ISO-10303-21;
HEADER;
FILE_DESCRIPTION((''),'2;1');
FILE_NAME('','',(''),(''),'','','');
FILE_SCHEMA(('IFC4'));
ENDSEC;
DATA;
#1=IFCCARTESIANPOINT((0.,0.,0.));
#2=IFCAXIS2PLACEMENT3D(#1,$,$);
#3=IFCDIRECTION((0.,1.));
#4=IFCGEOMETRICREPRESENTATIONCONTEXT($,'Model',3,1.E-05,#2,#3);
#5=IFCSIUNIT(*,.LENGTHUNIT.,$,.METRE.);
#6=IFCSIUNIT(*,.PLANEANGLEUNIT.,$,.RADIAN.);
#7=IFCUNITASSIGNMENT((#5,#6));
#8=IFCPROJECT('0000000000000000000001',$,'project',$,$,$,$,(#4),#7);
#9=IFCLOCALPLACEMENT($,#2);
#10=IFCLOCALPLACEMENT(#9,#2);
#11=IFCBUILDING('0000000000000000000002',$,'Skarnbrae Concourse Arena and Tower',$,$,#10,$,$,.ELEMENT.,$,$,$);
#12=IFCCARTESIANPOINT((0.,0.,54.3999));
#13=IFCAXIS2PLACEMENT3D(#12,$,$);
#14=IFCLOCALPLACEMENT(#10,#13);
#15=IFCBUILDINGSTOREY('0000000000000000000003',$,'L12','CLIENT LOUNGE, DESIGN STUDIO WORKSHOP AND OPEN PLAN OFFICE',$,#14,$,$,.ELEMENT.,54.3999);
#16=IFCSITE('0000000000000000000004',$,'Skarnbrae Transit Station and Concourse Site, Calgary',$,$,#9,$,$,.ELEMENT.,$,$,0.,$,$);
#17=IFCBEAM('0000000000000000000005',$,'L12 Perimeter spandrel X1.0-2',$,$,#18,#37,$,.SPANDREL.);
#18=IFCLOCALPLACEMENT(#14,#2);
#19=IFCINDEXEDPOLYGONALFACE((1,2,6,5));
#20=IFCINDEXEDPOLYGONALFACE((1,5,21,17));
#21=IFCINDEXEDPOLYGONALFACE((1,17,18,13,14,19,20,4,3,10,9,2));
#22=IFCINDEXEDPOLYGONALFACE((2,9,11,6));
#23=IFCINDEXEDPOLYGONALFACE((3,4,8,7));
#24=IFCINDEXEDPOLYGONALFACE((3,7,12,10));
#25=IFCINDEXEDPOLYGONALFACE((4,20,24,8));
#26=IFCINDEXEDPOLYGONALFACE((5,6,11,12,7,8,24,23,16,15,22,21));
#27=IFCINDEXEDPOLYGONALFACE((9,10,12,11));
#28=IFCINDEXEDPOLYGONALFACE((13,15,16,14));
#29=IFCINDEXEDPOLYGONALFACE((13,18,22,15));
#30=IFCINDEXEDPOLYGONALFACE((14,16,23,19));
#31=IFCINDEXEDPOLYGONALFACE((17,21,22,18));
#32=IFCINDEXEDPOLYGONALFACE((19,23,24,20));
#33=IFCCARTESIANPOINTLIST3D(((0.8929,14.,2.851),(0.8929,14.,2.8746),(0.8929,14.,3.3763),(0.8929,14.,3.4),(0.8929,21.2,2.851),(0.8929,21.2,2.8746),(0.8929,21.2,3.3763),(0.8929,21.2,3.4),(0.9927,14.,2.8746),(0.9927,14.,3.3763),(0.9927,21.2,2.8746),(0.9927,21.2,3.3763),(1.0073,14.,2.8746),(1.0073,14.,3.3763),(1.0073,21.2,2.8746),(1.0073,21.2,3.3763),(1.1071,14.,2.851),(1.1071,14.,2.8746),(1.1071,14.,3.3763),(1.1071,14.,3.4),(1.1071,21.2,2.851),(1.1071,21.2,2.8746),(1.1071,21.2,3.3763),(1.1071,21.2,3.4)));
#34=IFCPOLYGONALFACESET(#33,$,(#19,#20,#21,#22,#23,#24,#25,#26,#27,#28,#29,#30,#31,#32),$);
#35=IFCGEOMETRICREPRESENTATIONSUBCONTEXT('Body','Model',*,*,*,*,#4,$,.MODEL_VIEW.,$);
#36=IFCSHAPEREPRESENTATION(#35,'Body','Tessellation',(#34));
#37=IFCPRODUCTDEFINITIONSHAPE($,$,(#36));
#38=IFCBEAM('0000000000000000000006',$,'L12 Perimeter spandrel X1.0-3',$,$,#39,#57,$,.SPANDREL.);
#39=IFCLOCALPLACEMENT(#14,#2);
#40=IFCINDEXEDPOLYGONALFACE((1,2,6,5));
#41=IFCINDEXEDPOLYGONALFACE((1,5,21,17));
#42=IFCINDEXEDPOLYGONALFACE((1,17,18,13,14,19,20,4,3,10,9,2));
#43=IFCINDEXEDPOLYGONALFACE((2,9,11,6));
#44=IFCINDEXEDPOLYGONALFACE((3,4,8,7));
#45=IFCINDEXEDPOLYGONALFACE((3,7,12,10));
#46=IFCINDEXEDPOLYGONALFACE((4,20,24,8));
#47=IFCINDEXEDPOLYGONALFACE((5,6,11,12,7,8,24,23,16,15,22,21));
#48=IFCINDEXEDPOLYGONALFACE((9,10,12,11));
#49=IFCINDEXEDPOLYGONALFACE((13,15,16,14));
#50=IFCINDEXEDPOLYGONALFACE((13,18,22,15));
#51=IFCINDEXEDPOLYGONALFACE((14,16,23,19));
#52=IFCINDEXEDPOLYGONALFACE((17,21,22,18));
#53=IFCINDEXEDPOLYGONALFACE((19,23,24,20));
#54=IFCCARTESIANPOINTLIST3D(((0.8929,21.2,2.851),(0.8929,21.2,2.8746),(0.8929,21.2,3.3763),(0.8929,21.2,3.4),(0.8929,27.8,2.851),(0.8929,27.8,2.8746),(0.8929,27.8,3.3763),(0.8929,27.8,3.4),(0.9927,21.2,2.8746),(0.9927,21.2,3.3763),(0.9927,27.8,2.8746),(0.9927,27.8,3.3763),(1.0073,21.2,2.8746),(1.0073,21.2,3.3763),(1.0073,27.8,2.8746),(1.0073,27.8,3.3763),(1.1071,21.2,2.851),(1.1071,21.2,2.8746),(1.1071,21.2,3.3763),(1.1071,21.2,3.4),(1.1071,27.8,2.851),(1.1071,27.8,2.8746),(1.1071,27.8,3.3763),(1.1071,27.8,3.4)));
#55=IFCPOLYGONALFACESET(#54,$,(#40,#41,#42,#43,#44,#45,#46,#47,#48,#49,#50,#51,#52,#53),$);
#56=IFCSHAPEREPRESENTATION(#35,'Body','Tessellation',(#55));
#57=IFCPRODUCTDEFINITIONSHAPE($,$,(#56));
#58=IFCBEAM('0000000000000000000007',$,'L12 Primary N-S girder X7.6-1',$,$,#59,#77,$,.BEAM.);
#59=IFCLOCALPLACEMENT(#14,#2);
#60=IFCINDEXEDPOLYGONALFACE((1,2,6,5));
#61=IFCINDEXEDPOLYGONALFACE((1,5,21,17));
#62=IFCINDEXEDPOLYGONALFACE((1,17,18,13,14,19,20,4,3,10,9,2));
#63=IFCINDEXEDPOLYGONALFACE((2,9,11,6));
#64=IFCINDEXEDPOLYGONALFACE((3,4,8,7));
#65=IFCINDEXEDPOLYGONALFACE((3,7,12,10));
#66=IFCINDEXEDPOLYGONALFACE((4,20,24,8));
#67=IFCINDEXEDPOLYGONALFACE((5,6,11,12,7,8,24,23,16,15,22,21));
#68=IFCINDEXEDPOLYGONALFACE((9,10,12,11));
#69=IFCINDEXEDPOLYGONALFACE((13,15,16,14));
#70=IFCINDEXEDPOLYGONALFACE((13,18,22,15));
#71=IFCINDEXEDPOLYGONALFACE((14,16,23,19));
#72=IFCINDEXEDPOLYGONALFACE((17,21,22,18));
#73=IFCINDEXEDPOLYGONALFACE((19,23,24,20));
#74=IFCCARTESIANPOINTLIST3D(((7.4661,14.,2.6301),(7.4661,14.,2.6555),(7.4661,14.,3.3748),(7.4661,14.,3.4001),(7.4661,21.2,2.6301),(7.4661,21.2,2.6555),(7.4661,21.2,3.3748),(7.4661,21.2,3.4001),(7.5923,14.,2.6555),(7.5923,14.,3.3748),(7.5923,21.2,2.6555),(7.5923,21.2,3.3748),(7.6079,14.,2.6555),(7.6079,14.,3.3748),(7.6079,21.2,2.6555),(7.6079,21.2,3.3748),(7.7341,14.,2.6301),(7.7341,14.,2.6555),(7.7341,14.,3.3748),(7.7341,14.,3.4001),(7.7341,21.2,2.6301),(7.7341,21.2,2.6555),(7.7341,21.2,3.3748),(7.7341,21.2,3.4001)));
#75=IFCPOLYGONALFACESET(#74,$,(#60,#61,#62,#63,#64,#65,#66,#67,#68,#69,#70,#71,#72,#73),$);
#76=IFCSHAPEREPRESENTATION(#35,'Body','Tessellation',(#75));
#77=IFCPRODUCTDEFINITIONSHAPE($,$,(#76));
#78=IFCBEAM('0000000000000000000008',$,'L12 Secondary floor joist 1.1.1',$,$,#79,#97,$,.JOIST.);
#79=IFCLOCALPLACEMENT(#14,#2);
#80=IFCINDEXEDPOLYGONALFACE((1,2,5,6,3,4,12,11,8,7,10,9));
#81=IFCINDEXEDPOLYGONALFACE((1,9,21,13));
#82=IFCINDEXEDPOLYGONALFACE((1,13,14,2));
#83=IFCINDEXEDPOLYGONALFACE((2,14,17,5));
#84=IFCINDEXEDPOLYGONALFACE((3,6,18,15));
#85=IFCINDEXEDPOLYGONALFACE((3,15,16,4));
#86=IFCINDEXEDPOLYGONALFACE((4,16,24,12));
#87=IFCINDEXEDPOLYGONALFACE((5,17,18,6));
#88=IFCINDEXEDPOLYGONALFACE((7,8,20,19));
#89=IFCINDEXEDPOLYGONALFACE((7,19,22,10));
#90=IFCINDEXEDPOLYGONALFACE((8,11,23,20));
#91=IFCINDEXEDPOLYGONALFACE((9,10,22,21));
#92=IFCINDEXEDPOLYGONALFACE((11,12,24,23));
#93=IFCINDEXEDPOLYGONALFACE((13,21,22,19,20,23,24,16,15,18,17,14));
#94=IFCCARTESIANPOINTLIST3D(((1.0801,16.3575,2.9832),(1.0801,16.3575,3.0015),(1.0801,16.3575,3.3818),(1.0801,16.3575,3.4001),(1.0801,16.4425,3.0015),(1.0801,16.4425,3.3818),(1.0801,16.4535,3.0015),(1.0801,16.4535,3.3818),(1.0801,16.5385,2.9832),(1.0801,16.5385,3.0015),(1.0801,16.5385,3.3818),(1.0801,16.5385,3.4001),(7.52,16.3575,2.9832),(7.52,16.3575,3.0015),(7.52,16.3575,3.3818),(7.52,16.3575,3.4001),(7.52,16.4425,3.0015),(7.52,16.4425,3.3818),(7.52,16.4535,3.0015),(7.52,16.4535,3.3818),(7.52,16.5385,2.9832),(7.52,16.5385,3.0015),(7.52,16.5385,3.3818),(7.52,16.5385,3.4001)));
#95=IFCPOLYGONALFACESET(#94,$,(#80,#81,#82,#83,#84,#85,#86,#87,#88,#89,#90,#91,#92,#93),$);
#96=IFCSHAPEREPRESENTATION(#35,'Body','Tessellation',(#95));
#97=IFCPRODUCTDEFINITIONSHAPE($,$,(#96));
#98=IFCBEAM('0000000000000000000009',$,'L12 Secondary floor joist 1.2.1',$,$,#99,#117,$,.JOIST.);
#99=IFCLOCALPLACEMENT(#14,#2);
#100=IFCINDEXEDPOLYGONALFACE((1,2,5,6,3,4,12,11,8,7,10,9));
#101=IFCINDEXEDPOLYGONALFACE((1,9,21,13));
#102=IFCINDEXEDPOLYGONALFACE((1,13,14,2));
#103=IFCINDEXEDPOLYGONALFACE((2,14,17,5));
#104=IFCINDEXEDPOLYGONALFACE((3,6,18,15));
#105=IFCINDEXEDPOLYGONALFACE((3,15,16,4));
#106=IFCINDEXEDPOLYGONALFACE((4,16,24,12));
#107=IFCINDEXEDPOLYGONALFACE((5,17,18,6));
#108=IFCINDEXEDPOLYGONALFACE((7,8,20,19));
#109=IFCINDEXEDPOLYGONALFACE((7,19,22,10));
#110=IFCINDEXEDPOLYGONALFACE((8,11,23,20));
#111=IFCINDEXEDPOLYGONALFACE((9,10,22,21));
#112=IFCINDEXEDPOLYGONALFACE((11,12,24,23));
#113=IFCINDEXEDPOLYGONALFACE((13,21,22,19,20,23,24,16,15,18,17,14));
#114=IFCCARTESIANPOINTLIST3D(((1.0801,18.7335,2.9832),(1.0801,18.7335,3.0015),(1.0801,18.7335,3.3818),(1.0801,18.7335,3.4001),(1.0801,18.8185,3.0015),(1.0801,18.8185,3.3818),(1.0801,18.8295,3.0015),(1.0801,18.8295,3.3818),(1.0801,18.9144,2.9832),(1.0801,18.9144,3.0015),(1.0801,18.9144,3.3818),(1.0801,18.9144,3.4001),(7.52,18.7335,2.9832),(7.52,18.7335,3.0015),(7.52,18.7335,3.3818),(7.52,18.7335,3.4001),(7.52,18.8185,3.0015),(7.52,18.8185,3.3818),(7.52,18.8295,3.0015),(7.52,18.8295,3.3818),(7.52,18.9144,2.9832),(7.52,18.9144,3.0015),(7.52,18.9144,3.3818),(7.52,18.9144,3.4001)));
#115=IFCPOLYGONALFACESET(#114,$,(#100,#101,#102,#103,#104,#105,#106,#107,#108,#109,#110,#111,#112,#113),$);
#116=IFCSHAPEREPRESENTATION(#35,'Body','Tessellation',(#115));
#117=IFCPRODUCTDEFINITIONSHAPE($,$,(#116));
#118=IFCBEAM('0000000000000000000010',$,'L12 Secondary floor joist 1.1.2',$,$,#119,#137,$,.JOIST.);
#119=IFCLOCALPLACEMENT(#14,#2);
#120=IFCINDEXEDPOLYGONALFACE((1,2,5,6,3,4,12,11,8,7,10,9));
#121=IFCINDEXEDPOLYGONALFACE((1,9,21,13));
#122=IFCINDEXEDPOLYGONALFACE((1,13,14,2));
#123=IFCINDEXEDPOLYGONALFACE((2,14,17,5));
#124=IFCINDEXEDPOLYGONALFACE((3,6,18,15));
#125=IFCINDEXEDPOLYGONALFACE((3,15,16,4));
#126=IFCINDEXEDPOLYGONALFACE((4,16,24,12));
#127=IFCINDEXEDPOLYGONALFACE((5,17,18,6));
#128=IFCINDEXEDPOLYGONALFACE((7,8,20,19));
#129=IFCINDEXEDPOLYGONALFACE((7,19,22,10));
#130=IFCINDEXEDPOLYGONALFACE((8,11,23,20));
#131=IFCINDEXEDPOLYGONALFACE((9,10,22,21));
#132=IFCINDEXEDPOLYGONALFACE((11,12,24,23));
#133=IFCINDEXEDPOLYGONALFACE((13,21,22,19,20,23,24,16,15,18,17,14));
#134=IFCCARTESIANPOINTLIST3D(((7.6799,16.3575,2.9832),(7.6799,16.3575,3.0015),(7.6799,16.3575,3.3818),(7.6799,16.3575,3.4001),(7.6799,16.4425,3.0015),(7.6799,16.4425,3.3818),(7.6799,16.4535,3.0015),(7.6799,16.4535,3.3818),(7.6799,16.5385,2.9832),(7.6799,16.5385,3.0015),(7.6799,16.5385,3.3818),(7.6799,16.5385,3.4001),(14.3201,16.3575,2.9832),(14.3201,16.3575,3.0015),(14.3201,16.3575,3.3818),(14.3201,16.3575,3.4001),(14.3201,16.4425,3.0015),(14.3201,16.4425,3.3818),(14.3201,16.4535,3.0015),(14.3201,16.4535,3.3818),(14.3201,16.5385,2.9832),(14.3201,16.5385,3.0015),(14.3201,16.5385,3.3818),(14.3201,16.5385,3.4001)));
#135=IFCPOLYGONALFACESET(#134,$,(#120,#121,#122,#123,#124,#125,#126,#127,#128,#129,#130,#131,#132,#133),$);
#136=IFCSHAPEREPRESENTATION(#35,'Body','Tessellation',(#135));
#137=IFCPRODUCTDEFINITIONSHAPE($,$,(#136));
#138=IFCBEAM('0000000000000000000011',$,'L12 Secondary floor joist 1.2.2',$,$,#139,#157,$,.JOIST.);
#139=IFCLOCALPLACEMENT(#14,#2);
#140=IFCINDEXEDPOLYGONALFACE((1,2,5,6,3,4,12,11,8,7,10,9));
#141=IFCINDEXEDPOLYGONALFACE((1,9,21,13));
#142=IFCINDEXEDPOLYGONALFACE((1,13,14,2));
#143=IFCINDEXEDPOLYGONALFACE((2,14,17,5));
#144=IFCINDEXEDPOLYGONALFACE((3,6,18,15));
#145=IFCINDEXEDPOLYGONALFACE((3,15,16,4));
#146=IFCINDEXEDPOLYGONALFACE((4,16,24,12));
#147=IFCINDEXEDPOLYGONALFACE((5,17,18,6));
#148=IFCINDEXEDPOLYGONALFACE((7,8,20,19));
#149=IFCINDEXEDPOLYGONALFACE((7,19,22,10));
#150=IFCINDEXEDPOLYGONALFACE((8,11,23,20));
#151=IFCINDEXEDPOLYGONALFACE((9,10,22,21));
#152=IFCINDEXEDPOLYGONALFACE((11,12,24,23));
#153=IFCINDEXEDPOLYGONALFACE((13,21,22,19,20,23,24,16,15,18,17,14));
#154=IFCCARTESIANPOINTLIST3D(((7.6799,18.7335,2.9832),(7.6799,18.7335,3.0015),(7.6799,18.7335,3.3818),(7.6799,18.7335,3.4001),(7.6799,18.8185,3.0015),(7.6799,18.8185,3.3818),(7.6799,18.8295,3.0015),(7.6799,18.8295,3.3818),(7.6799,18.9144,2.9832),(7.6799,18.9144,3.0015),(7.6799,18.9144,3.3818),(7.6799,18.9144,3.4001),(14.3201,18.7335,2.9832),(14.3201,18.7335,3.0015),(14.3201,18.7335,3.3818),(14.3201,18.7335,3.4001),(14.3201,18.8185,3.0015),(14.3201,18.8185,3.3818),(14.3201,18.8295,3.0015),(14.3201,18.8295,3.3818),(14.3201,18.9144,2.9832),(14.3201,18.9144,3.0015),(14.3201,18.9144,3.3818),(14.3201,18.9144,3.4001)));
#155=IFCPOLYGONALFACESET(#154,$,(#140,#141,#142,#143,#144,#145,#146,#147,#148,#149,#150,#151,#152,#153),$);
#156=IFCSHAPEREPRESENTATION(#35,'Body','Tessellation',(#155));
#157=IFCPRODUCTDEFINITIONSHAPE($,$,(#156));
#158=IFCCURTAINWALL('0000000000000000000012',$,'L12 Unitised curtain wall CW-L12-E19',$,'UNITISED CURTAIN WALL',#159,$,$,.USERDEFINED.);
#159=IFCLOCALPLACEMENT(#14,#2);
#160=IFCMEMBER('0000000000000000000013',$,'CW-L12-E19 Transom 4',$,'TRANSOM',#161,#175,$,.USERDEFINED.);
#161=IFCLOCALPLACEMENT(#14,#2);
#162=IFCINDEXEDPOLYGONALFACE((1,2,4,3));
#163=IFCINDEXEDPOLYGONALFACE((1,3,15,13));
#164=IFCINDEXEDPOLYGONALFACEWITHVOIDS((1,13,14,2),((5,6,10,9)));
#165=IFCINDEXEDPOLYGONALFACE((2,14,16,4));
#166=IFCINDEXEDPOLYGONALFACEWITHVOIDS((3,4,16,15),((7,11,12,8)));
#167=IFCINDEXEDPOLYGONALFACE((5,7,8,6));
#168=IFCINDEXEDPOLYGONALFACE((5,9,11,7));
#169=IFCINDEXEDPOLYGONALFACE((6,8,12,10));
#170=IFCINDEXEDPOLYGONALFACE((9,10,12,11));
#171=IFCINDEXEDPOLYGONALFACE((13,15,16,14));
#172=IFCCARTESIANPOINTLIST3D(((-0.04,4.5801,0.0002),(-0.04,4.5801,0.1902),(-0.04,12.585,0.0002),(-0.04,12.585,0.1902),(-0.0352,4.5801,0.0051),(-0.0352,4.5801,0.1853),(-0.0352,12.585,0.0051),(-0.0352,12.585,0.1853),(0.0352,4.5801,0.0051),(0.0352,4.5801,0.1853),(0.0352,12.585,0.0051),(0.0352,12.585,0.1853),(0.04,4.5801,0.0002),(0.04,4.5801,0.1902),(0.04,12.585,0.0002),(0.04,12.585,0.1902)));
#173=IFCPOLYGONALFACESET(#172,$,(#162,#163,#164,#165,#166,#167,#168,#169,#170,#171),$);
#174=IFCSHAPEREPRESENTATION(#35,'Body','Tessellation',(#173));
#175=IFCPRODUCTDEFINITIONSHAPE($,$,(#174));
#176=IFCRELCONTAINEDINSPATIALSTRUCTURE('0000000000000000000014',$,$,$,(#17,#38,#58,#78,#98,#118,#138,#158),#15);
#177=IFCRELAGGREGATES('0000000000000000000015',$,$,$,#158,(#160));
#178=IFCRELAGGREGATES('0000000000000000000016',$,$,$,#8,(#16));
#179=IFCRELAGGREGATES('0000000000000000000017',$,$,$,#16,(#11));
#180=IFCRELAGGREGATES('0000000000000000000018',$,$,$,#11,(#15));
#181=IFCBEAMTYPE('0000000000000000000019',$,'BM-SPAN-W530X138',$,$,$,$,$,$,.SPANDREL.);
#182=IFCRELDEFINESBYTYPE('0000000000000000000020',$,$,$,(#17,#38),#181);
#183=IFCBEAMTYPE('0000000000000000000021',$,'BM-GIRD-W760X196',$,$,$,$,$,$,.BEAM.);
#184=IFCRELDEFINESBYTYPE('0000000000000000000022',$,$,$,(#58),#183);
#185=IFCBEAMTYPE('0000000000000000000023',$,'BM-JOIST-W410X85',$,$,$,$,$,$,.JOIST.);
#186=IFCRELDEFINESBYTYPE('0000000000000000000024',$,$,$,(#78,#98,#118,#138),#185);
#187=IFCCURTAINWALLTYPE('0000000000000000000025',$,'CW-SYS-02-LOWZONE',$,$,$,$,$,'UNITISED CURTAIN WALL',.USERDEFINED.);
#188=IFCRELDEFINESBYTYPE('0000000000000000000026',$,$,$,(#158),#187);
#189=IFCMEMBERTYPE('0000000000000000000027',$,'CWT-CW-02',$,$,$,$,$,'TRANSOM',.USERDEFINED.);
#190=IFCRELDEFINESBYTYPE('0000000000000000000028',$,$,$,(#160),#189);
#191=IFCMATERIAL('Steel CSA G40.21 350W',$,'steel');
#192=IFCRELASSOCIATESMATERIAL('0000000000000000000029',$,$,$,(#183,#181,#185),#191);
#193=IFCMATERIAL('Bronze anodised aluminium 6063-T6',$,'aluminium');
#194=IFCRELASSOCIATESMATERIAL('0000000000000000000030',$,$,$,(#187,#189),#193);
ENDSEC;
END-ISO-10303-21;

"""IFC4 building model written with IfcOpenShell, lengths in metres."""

from ifc_helpers import new_model, si_unit, direction, frame, origin, origin_2d, place, context, subcontext, project, spatial, hollow_rectangle, i_section, extrude, source, transform, mapped, material, material_profile, profile_set, type_object, element, aggregate, save


model = new_model("IFC4")

# Units and contexts
model_context = context("Model", 3, precision=1e-05, world=origin(), true_north=direction((0.0, 1.0)))
body_context = subcontext(model_context, "Body", "Model", "MODEL_VIEW")
ifc_project = project(units=[si_unit("LENGTHUNIT", "METRE"), si_unit("PLANEANGLEUNIT", "RADIAN")], contexts=[model_context])

# Site, building, storey
site_placement = place(None, origin())
site = spatial("IfcSite", under=ifc_project, at=site_placement, Name="Skarnbrae Transit Station and Concourse Site, Calgary", CompositionType="ELEMENT", RefElevation=0.0)
building_placement = place(site_placement, origin())
building = spatial("IfcBuilding", under=site, at=building_placement, Name="Skarnbrae Concourse Arena and Tower", CompositionType="ELEMENT")
storey_placement = place(building_placement, frame((0.0, 0.0, 54.3999)))
storey = spatial("IfcBuildingStorey", under=building, at=storey_placement, Name="L12", Description="CLIENT LOUNGE, DESIGN STUDIO WORKSHOP AND OPEN PLAN OFFICE", CompositionType="ELEMENT", Elevation=54.3999)

# Shared definitions
ifc_material_1 = material(Name="Steel CSA G40.21 350W", Category="steel")

# Beams
ifc_material_profile_1 = material_profile(ifc_material_1, i_section(OverallWidth=0.2681, OverallDepth=0.77, WebThickness=0.0156, FlangeThickness=0.0254, at=origin_2d()), Name="W760X196")
ifc_profile_set_1 = profile_set([ifc_material_profile_1], Name="Steel CSA G40.21 350W")
beam_type_1 = type_object("IfcBeamType", Name="BM-GIRD-W760X196", PredefinedType="BEAM", material=ifc_profile_set_1)
ifc_material_profile_2 = material_profile(ifc_material_1, i_section(OverallWidth=0.2141, OverallDepth=0.5491, WebThickness=0.0146, FlangeThickness=0.0237, at=origin_2d()), Name="W530X138")
ifc_profile_set_2 = profile_set([ifc_material_profile_2], Name="Steel CSA G40.21 350W")
beam_type_2 = type_object("IfcBeamType", Name="BM-SPAN-W530X138", PredefinedType="SPANDREL", material=ifc_profile_set_2)
shared_shape_1 = source(origin(), body_context, "Body", "SweptSolid", [
    extrude(i_section(OverallWidth=0.2141, OverallDepth=0.5491, WebThickness=0.0146, FlangeThickness=0.0237, at=origin_2d()), origin(), (0.0, 0.0, 1.0), 7.2),
])
beam_1_placement = place(storey_placement, frame((1.0, 14.0, 3.1255), z_axis=(0.0, 1.0, 0.0), x_axis=(-1.0, 0.0, 0.0)))
element("IfcBeam", 1, at=beam_1_placement, inside=storey, type_object=beam_type_2, Name="L12 Perimeter spandrel X1.0-2", PredefinedType="SPANDREL", context=body_context, shape_type="MappedRepresentation", body=[
    mapped(shared_shape_1, transform((0.0, 0.0, 0.0))),
])
shared_shape_2 = source(origin(), body_context, "Body", "SweptSolid", [
    extrude(i_section(OverallWidth=0.2141, OverallDepth=0.5491, WebThickness=0.0146, FlangeThickness=0.0237, at=origin_2d()), origin(), (0.0, 0.0, 1.0), 6.6001),
])
beam_2_placement = place(storey_placement, frame((1.0, 21.2, 3.1255), z_axis=(0.0, 1.0, 0.0), x_axis=(-1.0, 0.0, 0.0)))
element("IfcBeam", 2, at=beam_2_placement, inside=storey, type_object=beam_type_2, Name="L12 Perimeter spandrel X1.0-3", PredefinedType="SPANDREL", context=body_context, shape_type="MappedRepresentation", body=[
    mapped(shared_shape_2, transform((0.0, 0.0, 0.0))),
])
shared_shape_3 = source(origin(), body_context, "Body", "SweptSolid", [
    extrude(i_section(OverallWidth=0.2681, OverallDepth=0.77, WebThickness=0.0156, FlangeThickness=0.0254, at=origin_2d()), origin(), (0.0, 0.0, 1.0), 7.2),
])
beam_3_placement = place(storey_placement, frame((7.6001, 14.0, 3.0151), z_axis=(0.0, 1.0, 0.0), x_axis=(-1.0, 0.0, 0.0)))
element("IfcBeam", 3, at=beam_3_placement, inside=storey, type_object=beam_type_1, Name="L12 Primary N-S girder X7.6-1", PredefinedType="BEAM", context=body_context, shape_type="MappedRepresentation", body=[
    mapped(shared_shape_3, transform((0.0, 0.0, 0.0))),
])
ifc_material_profile_3 = material_profile(ifc_material_1, i_section(OverallWidth=0.1809, OverallDepth=0.417, WebThickness=0.011, FlangeThickness=0.0183, at=origin_2d()), Name="W410X85")
ifc_profile_set_3 = profile_set([ifc_material_profile_3], Name="Steel CSA G40.21 350W")
beam_type_3 = type_object("IfcBeamType", Name="BM-JOIST-W410X85", PredefinedType="JOIST", material=ifc_profile_set_3)
shared_shape_4 = source(origin(), body_context, "Body", "SweptSolid", [
    extrude(i_section(OverallWidth=0.1809, OverallDepth=0.417, WebThickness=0.011, FlangeThickness=0.0183, at=origin_2d()), origin(), (0.0, 0.0, 1.0), 6.4399),
])
for number, where, z_axis, x_axis, name in (
    (4, (1.0801, 16.448, 3.1917), (1.0, 0.0, 0.0), (0.0, 1.0, 0.0), "L12 Secondary floor joist 1.1.1"),
    (5, (1.0801, 18.824, 3.1917), (1.0, 0.0, 0.0), (0.0, 1.0, 0.0), "L12 Secondary floor joist 1.2.1"),
):
    element("IfcBeam", number, at=place(storey_placement, frame(where, z_axis=z_axis, x_axis=x_axis)), inside=storey, type_object=beam_type_3, Name=name, PredefinedType="JOIST", context=body_context, shape_type="MappedRepresentation", body=[
        mapped(shared_shape_4, transform((0.0, 0.0, 0.0))),
    ])
shared_shape_5 = source(origin(), body_context, "Body", "SweptSolid", [
    extrude(i_section(OverallWidth=0.1809, OverallDepth=0.417, WebThickness=0.011, FlangeThickness=0.0183, at=origin_2d()), origin(), (0.0, 0.0, 1.0), 6.6401),
])
for number, where, z_axis, x_axis, name in (
    (6, (7.6799, 16.448, 3.1917), (1.0, 0.0, 0.0), (0.0, 1.0, 0.0), "L12 Secondary floor joist 1.1.2"),
    (7, (7.6799, 18.824, 3.1917), (1.0, 0.0, 0.0), (0.0, 1.0, 0.0), "L12 Secondary floor joist 1.2.2"),
):
    element("IfcBeam", number, at=place(storey_placement, frame(where, z_axis=z_axis, x_axis=x_axis)), inside=storey, type_object=beam_type_3, Name=name, PredefinedType="JOIST", context=body_context, shape_type="MappedRepresentation", body=[
        mapped(shared_shape_5, transform((0.0, 0.0, 0.0))),
    ])

# Curtain wall, member
ifc_material_2 = material(Name="Bronze anodised aluminium 6063-T6", Category="aluminium")
curtain_wall_type = type_object("IfcCurtainWallType", Name="CW-SYS-02-LOWZONE", ElementType="UNITISED CURTAIN WALL", PredefinedType="USERDEFINED", material=ifc_material_2)
curtain_wall_placement = place(storey_placement, origin())
curtain_wall = element("IfcCurtainWall", 8, at=curtain_wall_placement, inside=storey, type_object=curtain_wall_type, Name="L12 Unitised curtain wall CW-L12-E19", ObjectType="UNITISED CURTAIN WALL", PredefinedType="USERDEFINED")
ifc_material_profile_4 = material_profile(ifc_material_2, hollow_rectangle(XDim=0.0801, YDim=0.1899, WallThickness=0.0049, at=origin_2d()), Name="ALU-TRAN-80X190")
ifc_profile_set_4 = profile_set([ifc_material_profile_4], Name="Bronze anodised aluminium 6063-T6")
member_type_1 = type_object("IfcMemberType", Name="CWT-CW-02", ElementType="TRANSOM", PredefinedType="USERDEFINED", material=ifc_profile_set_4)
shared_shape_6 = source(origin(), body_context, "Body", "SweptSolid", [
    extrude(hollow_rectangle(XDim=0.0801, YDim=0.1899, WallThickness=0.0049, at=origin_2d()), origin(), (0.0, 0.0, 1.0), 8.0049),
])
member_1_placement = place(storey_placement, frame((0.0, 12.585, 0.0952), z_axis=(0.0, -1.0, 0.0), x_axis=(1.0, 0.0, 0.0)))
member_1 = element("IfcMember", 9, at=member_1_placement, type_object=member_type_1, Name="CW-L12-E19 Transom 4", ObjectType="TRANSOM", PredefinedType="USERDEFINED", context=body_context, shape_type="MappedRepresentation", body=[
    mapped(shared_shape_6, transform((0.0, 0.0, 0.0))),
])
aggregate(curtain_wall, [member_1])

save(model, "model.ifc")
